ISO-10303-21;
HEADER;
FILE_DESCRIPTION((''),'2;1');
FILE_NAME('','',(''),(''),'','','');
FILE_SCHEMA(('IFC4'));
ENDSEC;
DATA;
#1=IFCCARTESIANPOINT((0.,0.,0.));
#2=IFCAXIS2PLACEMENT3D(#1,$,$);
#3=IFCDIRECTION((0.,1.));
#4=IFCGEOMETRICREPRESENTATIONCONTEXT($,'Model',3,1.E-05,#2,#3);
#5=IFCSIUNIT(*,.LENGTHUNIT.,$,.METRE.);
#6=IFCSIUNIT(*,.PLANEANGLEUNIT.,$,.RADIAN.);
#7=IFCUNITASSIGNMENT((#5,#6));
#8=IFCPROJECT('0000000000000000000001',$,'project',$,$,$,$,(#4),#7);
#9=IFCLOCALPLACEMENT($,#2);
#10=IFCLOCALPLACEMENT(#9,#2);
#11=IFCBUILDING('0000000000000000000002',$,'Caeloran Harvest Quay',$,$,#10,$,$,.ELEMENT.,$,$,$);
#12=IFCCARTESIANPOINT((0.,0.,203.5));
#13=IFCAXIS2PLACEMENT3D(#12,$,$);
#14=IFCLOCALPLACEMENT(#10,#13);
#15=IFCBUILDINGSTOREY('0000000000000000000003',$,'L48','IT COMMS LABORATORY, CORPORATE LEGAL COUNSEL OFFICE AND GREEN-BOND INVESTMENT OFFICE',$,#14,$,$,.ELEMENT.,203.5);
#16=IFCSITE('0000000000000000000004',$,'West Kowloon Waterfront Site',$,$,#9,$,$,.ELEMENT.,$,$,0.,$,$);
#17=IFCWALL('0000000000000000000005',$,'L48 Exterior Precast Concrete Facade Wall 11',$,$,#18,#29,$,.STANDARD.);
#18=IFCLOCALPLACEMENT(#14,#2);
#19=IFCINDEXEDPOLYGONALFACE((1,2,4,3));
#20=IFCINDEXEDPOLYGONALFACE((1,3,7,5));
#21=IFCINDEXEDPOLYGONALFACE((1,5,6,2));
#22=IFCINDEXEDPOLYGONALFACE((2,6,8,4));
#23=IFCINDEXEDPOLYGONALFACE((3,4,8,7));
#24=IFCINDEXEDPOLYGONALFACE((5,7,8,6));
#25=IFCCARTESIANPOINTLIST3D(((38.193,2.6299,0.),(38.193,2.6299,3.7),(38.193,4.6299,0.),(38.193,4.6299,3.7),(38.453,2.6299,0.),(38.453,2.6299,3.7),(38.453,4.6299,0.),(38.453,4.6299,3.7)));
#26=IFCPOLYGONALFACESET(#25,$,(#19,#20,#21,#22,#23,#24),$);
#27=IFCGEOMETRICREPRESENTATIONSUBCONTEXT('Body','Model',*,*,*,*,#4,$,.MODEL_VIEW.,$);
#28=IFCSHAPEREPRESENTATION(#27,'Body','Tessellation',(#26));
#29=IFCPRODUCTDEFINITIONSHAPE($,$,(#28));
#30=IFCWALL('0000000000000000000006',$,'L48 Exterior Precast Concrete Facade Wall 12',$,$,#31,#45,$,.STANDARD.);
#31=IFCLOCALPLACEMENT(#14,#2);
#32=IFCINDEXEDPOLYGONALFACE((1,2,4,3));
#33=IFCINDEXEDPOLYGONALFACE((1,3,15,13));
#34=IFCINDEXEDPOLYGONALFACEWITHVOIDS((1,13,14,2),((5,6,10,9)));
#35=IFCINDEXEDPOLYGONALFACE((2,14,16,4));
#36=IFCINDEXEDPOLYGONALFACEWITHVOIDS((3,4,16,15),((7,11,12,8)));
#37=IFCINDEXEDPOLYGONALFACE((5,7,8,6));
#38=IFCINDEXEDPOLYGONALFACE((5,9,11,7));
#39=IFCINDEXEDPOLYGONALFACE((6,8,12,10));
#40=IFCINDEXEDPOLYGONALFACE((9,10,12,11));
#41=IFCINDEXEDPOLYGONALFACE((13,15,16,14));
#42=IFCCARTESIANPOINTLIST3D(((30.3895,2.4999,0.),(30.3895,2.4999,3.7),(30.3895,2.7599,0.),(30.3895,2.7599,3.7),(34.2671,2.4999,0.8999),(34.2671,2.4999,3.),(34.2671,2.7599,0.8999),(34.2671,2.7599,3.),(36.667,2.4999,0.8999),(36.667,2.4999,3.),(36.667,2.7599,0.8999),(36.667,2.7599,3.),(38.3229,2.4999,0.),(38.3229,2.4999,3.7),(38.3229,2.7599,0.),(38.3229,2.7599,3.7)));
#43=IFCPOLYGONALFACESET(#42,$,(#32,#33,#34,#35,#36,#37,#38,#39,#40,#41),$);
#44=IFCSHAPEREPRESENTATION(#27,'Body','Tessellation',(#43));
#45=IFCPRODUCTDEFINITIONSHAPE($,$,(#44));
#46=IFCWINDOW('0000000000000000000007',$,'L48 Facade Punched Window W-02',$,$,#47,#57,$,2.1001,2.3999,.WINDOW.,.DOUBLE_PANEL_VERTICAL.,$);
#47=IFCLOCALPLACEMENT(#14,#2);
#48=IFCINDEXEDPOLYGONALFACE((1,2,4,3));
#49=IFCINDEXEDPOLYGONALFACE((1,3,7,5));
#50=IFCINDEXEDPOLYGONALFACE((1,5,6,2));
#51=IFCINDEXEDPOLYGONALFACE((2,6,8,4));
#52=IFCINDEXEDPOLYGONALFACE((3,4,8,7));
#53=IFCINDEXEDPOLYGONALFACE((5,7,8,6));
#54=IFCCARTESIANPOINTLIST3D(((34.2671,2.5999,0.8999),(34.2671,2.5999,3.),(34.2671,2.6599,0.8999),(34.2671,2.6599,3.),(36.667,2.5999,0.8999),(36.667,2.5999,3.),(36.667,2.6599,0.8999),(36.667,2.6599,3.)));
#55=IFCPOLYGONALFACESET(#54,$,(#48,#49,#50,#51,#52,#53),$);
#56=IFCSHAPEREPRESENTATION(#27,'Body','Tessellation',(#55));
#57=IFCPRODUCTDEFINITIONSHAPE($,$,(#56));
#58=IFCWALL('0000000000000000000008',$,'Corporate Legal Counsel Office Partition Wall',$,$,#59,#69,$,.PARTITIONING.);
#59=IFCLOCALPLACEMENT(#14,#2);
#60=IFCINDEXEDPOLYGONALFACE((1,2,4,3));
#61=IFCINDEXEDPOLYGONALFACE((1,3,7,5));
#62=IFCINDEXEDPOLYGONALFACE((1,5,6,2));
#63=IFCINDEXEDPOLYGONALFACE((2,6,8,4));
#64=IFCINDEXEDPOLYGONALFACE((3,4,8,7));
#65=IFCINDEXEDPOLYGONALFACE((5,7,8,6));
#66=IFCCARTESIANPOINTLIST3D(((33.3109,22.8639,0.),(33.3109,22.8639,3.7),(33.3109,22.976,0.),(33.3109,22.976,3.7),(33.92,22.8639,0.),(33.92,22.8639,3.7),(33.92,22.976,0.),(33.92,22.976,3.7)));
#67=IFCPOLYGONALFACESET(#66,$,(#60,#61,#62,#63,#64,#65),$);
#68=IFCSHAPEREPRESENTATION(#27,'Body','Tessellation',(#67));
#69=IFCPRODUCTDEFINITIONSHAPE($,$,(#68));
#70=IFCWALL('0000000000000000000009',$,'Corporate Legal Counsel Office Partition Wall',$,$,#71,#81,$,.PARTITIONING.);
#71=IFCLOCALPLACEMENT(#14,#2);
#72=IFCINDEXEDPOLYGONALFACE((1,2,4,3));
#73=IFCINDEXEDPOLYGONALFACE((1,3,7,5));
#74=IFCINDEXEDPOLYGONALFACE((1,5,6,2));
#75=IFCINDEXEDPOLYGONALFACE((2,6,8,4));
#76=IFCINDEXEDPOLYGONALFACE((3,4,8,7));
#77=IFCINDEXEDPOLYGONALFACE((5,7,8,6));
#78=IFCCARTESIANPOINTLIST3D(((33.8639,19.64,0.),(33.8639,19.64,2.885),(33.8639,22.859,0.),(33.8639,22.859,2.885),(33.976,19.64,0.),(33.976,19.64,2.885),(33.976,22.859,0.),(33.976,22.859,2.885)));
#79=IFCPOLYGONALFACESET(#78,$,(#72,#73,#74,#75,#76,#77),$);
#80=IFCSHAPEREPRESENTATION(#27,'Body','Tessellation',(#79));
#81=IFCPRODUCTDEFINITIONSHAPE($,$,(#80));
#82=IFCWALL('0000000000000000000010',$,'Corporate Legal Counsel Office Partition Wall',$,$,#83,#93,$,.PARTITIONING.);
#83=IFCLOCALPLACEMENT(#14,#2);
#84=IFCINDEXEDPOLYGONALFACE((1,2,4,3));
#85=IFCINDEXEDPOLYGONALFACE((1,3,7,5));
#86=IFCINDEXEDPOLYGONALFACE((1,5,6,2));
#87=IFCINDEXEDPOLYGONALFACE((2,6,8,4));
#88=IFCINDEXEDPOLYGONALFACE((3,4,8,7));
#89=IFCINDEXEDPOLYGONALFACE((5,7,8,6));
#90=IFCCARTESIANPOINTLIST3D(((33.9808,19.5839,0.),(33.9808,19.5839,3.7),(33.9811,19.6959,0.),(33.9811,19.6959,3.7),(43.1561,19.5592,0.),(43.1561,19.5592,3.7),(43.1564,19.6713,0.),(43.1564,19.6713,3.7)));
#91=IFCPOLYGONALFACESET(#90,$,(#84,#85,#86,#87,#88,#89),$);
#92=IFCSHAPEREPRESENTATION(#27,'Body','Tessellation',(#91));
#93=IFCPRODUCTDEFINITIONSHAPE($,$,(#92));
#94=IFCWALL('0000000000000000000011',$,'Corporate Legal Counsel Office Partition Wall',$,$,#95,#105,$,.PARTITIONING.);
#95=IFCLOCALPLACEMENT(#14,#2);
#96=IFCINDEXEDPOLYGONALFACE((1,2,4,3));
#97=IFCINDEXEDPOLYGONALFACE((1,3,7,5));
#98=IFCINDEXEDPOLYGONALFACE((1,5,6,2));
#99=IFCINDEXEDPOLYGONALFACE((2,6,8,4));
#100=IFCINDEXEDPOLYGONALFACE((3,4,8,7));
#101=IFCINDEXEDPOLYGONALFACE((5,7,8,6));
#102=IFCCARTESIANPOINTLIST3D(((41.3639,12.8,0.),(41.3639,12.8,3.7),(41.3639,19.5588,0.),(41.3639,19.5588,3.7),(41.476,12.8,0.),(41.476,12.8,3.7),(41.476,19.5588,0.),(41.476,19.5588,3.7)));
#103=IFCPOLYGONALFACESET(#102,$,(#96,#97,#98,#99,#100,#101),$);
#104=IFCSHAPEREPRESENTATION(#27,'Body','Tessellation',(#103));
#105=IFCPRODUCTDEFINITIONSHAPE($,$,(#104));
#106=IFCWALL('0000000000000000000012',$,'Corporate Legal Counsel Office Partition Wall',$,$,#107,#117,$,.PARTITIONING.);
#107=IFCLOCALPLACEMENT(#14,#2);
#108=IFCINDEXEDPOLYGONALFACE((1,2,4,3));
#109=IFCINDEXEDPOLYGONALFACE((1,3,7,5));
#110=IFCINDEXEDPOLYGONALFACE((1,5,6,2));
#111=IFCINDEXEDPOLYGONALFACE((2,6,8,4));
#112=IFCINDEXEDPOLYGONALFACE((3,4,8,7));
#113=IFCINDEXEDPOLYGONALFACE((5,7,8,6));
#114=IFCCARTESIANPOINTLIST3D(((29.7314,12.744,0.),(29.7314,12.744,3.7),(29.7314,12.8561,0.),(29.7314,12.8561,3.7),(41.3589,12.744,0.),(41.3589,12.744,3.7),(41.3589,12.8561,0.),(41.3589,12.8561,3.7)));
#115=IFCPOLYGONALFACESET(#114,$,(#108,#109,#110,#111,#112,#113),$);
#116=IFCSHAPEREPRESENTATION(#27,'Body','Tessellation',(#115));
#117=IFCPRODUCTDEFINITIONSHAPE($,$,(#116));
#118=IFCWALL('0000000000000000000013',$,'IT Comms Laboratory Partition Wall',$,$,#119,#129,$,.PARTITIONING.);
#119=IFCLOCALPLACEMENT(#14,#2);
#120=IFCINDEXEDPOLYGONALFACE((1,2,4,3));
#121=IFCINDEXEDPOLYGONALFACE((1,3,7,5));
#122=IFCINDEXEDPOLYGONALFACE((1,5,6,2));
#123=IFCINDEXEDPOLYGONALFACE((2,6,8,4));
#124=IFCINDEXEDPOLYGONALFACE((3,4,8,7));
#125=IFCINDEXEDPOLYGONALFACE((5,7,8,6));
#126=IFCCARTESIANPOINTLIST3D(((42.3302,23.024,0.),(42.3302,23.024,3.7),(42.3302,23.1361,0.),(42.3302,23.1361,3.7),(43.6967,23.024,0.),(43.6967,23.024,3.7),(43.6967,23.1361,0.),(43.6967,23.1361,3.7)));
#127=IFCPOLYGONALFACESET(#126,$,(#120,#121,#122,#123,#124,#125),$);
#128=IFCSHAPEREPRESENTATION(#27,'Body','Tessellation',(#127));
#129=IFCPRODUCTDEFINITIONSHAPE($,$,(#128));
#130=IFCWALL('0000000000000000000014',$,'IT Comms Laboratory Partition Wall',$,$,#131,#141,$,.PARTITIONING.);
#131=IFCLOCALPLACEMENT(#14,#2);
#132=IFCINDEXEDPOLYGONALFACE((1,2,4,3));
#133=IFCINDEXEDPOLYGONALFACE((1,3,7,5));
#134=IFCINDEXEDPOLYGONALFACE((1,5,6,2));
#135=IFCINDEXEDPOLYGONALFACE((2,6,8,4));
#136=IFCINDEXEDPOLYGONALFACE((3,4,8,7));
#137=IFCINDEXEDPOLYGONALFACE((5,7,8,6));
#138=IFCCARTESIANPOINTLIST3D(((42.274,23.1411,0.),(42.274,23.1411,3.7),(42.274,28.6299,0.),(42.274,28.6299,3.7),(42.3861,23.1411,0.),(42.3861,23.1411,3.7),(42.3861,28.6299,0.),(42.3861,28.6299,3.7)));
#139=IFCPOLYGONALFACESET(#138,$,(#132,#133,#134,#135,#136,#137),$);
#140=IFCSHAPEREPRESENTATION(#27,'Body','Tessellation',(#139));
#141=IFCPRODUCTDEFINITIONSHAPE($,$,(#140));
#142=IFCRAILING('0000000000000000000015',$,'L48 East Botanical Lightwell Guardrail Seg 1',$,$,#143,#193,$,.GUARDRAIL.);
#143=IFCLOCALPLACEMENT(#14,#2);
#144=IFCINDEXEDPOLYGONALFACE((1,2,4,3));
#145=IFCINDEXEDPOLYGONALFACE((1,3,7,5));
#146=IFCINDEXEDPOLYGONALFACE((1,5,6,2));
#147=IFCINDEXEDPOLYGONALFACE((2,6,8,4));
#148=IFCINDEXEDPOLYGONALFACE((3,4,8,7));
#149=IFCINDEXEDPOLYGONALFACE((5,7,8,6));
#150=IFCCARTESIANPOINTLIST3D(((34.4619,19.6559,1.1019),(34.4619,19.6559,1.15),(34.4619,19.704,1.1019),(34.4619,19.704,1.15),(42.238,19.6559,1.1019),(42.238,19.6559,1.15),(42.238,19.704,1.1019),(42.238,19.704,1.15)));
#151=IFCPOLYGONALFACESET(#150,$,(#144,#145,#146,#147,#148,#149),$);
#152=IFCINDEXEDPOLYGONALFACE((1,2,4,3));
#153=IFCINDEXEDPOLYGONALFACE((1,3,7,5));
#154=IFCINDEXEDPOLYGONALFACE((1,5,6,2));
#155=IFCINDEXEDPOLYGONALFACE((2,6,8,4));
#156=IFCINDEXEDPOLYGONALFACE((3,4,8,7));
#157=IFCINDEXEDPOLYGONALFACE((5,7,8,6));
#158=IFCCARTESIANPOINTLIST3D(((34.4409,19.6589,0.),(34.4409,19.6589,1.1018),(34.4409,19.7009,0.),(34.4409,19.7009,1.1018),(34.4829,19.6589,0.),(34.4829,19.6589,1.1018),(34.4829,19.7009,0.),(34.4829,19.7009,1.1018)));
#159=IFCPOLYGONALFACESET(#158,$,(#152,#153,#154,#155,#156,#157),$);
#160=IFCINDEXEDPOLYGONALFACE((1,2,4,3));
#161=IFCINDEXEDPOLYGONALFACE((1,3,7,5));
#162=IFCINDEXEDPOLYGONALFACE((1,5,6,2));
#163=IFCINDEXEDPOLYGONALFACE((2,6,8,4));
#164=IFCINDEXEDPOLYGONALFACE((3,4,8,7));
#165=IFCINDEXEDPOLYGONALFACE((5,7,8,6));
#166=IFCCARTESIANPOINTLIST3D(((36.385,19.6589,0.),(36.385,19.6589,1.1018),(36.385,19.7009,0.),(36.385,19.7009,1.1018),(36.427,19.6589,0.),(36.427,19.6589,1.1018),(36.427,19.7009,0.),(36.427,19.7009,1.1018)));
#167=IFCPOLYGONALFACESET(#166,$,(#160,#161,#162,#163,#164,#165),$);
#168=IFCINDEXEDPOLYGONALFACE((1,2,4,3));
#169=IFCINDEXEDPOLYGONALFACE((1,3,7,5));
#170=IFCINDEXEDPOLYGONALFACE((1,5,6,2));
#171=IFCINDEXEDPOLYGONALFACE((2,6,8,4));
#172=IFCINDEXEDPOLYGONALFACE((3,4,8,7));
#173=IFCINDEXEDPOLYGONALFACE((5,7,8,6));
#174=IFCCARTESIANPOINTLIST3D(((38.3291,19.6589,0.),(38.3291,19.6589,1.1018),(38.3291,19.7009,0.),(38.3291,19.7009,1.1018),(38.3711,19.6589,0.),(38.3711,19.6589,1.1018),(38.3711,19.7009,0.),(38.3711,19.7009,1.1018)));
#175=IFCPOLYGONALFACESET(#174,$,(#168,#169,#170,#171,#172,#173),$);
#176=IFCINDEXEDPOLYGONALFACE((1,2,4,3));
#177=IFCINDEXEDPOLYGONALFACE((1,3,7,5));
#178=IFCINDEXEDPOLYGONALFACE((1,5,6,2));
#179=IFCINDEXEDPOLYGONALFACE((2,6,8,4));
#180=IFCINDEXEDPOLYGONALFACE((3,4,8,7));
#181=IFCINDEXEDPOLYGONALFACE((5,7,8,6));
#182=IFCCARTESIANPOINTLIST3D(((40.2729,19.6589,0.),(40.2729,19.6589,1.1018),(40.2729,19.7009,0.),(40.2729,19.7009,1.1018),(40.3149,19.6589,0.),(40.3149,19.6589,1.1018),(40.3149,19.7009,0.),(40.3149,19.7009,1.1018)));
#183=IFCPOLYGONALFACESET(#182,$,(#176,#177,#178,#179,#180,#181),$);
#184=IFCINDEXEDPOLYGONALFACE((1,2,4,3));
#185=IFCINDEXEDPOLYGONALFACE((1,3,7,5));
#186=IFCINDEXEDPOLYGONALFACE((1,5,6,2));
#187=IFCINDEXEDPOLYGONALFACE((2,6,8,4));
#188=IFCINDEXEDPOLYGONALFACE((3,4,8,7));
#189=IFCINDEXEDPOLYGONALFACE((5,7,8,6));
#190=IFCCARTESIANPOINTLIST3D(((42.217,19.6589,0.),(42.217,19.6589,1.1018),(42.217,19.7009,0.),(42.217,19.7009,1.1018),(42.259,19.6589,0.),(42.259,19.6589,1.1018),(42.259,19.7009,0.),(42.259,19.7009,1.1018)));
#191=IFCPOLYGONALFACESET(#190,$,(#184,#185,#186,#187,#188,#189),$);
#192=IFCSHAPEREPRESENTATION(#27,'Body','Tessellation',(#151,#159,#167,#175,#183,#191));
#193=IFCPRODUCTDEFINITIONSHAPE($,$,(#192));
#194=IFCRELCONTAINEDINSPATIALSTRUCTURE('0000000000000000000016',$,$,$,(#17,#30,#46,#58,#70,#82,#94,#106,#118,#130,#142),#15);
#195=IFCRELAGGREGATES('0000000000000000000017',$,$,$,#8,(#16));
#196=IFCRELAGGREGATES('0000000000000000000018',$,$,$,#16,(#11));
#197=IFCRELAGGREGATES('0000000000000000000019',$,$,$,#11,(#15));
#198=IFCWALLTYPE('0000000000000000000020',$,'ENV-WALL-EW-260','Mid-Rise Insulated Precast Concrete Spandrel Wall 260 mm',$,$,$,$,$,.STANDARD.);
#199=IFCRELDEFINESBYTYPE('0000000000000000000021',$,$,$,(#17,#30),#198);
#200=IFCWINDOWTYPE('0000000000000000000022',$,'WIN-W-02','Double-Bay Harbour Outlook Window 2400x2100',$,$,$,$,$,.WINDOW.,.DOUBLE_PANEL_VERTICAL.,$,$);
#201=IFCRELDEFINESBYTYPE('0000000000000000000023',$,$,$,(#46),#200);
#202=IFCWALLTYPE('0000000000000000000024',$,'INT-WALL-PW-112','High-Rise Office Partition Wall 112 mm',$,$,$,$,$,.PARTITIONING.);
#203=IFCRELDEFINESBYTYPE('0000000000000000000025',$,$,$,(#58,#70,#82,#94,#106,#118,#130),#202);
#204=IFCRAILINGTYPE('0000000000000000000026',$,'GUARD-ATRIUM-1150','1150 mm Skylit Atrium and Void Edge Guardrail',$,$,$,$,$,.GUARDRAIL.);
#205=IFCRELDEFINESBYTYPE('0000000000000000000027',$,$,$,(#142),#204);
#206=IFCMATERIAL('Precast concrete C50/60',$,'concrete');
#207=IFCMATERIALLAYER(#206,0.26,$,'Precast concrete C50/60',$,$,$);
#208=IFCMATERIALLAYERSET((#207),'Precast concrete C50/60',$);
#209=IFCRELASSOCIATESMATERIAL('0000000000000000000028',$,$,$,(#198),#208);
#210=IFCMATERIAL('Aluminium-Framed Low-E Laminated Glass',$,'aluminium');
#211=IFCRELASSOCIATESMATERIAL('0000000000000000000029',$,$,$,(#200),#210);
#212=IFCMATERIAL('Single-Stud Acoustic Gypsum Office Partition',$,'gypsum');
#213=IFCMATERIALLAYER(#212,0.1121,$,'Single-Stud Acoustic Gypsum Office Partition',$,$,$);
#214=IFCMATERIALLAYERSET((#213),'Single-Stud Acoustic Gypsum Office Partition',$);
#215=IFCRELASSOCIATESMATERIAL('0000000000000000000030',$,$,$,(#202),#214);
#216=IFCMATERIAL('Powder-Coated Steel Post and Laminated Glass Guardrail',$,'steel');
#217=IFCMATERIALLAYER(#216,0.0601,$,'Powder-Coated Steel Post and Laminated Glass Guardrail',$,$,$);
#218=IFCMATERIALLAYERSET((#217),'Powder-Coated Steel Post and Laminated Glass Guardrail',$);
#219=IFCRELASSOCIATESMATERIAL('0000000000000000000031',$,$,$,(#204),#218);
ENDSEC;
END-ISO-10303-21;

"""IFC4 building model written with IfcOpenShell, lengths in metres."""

from ifc_helpers import new_model, si_unit, direction, frame, frame_2d, origin, origin_2d, place, context, subcontext, project, spatial, rectangle, extrude, material, layer, layer_set, type_object, element, fill, save


model = new_model("IFC4")

# Units and contexts
model_context = context("Model", 3, precision=1e-05, world=origin(), true_north=direction((0.0, 1.0)))
body_context = subcontext(model_context, "Body", "Model", "MODEL_VIEW")
ifc_project = project(units=[si_unit("LENGTHUNIT", "METRE"), si_unit("PLANEANGLEUNIT", "RADIAN")], contexts=[model_context])

# Site, building, storey
site_placement = place(None, origin())
site = spatial("IfcSite", under=ifc_project, at=site_placement, Name="West Kowloon Waterfront Site", CompositionType="ELEMENT", RefElevation=0.0)
building_placement = place(site_placement, origin())
building = spatial("IfcBuilding", under=site, at=building_placement, Name="Caeloran Harvest Quay", CompositionType="ELEMENT")
storey_placement = place(building_placement, frame((0.0, 0.0, 203.5)))
storey = spatial("IfcBuildingStorey", under=building, at=storey_placement, Name="L48", Description="IT COMMS LABORATORY, CORPORATE LEGAL COUNSEL OFFICE AND GREEN-BOND INVESTMENT OFFICE", CompositionType="ELEMENT", Elevation=203.5)

# Wall
ifc_material_1 = material(Name="Precast concrete C50/60", Category="concrete")
ifc_layer_1 = layer(ifc_material_1, 0.26, Name="Precast concrete C50/60")
ifc_layer_set_1 = layer_set([ifc_layer_1], Name="Precast concrete C50/60")
wall_type_1 = type_object("IfcWallType", Name="ENV-WALL-EW-260", Description="Mid-Rise Insulated Precast Concrete Spandrel Wall 260 mm", PredefinedType="STANDARD", material=ifc_layer_set_1)
wall_1_placement = place(storey_placement, frame((38.323, 4.6299, 0.0), z_axis=(0.0, 0.0, 1.0), x_axis=(0.0, -1.0, 0.0)))
element("IfcWall", 1, at=wall_1_placement, inside=storey, type_object=wall_type_1, Name="L48 Exterior Precast Concrete Facade Wall 11", PredefinedType="STANDARD", context=body_context, shape_type="SweptSolid", body=[
    extrude(rectangle(XDim=2.0, YDim=0.26, at=frame_2d((1.0, 0.0))), origin(), (0.0, 0.0, 1.0), 3.7),
])

# Wall, opening, window
wall_2_placement = place(storey_placement, frame((38.323, 2.6299, 0.0), z_axis=(0.0, 0.0, 1.0), x_axis=(-1.0, 0.0, 0.0)))
wall_2 = element("IfcWall", 2, at=wall_2_placement, inside=storey, type_object=wall_type_1, Name="L48 Exterior Precast Concrete Facade Wall 12", PredefinedType="STANDARD", context=body_context, shape_type="SweptSolid", body=[
    extrude(rectangle(XDim=7.9333, YDim=0.26, at=frame_2d((3.9668, 0.0))), origin(), (0.0, 0.0, 1.0), 3.7),
])
opening_placement = place(wall_2_placement, frame((1.656, 0.0, 0.8999)))
opening = element("IfcOpeningElement", 3, at=opening_placement, cuts=wall_2, PredefinedType="OPENING", context=body_context, shape_type="SweptSolid", body=[
    extrude(rectangle(XDim=2.3999, YDim=2.1001, at=frame_2d((1.2, 1.05))), frame((0.0, 0.1401, 0.0), z_axis=(0.0, -1.0, 0.0), x_axis=(1.0, 0.0, 0.0)), (0.0, 0.0, 1.0), 0.28),
])
ifc_material_2 = material(Name="Aluminium-Framed Low-E Laminated Glass", Category="aluminium")
window_type = type_object("IfcWindowType", Name="WIN-W-02", Description="Double-Bay Harbour Outlook Window 2400x2100", PartitioningType="DOUBLE_PANEL_VERTICAL", PredefinedType="WINDOW", material=ifc_material_2)
window_placement = place(opening_placement, origin())
window = element("IfcWindow", 4, at=window_placement, inside=storey, type_object=window_type, Name="L48 Facade Punched Window W-02", OverallHeight=2.1001, OverallWidth=2.3999, PartitioningType="DOUBLE_PANEL_VERTICAL", PredefinedType="WINDOW", context=body_context, shape_type="SweptSolid", body=[
    extrude(rectangle(XDim=2.3999, YDim=2.1001, at=frame_2d((1.2, 1.05))), frame((0.0, 0.03, 0.0), z_axis=(0.0, -1.0, 0.0), x_axis=(1.0, 0.0, 0.0)), (0.0, 0.0, 1.0), 0.0601),
])
fill(opening, window)

# Walls
ifc_material_3 = material(Name="Single-Stud Acoustic Gypsum Office Partition", Category="gypsum")
ifc_layer_2 = layer(ifc_material_3, 0.1121, Name="Single-Stud Acoustic Gypsum Office Partition")
ifc_layer_set_2 = layer_set([ifc_layer_2], Name="Single-Stud Acoustic Gypsum Office Partition")
wall_type_2 = type_object("IfcWallType", Name="INT-WALL-PW-112", Description="High-Rise Office Partition Wall 112 mm", PredefinedType="PARTITIONING", material=ifc_layer_set_2)
wall_3_placement = place(storey_placement, frame((33.3108, 22.9199, 0.0), z_axis=(0.0, 0.0, 1.0), x_axis=(1.0, 0.0, 0.0)))
element("IfcWall", 5, at=wall_3_placement, inside=storey, type_object=wall_type_2, Name="Corporate Legal Counsel Office Partition Wall", PredefinedType="PARTITIONING", context=body_context, shape_type="SweptSolid", body=[
    extrude(rectangle(XDim=0.6091, YDim=0.1121, at=frame_2d((0.3047, 0.0))), origin(), (0.0, 0.0, 1.0), 3.7),
])
wall_4_placement = place(storey_placement, frame((33.9199, 22.8589, 0.0), z_axis=(0.0, 0.0, 1.0), x_axis=(0.0, -1.0, 0.0)))
element("IfcWall", 6, at=wall_4_placement, inside=storey, type_object=wall_type_2, Name="Corporate Legal Counsel Office Partition Wall", PredefinedType="PARTITIONING", context=body_context, shape_type="SweptSolid", body=[
    extrude(rectangle(XDim=3.219, YDim=0.1121, at=frame_2d((1.6094, 0.0))), origin(), (0.0, 0.0, 1.0), 2.885),
])
wall_5_placement = place(storey_placement, frame((33.981, 19.6399, 0.0), z_axis=(0.0, 0.0, 1.0), x_axis=(0.999996, -0.002687, 0.0)))
element("IfcWall", 7, at=wall_5_placement, inside=storey, type_object=wall_type_2, Name="Corporate Legal Counsel Office Partition Wall", PredefinedType="PARTITIONING", context=body_context, shape_type="SweptSolid", body=[
    extrude(rectangle(XDim=9.1753, YDim=0.1121, at=frame_2d((4.5876, 0.0))), origin(), (0.0, 0.0, 1.0), 3.7),
])
wall_6_placement = place(storey_placement, frame((41.4199, 19.5588, 0.0), z_axis=(0.0, 0.0, 1.0), x_axis=(0.0, -1.0, 0.0)))
element("IfcWall", 8, at=wall_6_placement, inside=storey, type_object=wall_type_2, Name="Corporate Legal Counsel Office Partition Wall", PredefinedType="PARTITIONING", context=body_context, shape_type="SweptSolid", body=[
    extrude(rectangle(XDim=6.7588, YDim=0.1121, at=frame_2d((3.3794, 0.0))), origin(), (0.0, 0.0, 1.0), 3.7),
])
wall_7_placement = place(storey_placement, frame((41.3589, 12.8, 0.0), z_axis=(0.0, 0.0, 1.0), x_axis=(-1.0, 0.0, 0.0)))
element("IfcWall", 9, at=wall_7_placement, inside=storey, type_object=wall_type_2, Name="Corporate Legal Counsel Office Partition Wall", PredefinedType="PARTITIONING", context=body_context, shape_type="SweptSolid", body=[
    extrude(rectangle(XDim=11.6274, YDim=0.1121, at=frame_2d((5.8137, 0.0))), origin(), (0.0, 0.0, 1.0), 3.7),
])
wall_8_placement = place(storey_placement, frame((43.6965, 23.0801, 0.0), z_axis=(0.0, 0.0, 1.0), x_axis=(-1.0, 0.0, 0.0)))
element("IfcWall", 10, at=wall_8_placement, inside=storey, type_object=wall_type_2, Name="IT Comms Laboratory Partition Wall", PredefinedType="PARTITIONING", context=body_context, shape_type="SweptSolid", body=[
    extrude(rectangle(XDim=1.3665, YDim=0.1121, at=frame_2d((0.6831, 0.0))), origin(), (0.0, 0.0, 1.0), 3.7),
])
wall_9_placement = place(storey_placement, frame((42.3301, 23.1411, 0.0), z_axis=(0.0, 0.0, 1.0), x_axis=(0.0, 1.0, 0.0)))
element("IfcWall", 11, at=wall_9_placement, inside=storey, type_object=wall_type_2, Name="IT Comms Laboratory Partition Wall", PredefinedType="PARTITIONING", context=body_context, shape_type="SweptSolid", body=[
    extrude(rectangle(XDim=5.4888, YDim=0.1121, at=frame_2d((2.7444, 0.0))), origin(), (0.0, 0.0, 1.0), 3.7),
])

# Railing
ifc_material_4 = material(Name="Powder-Coated Steel Post and Laminated Glass Guardrail", Category="steel")
ifc_layer_3 = layer(ifc_material_4, 0.0601, Name="Powder-Coated Steel Post and Laminated Glass Guardrail")
ifc_layer_set_3 = layer_set([ifc_layer_3], Name="Powder-Coated Steel Post and Laminated Glass Guardrail")
railing_type = type_object("IfcRailingType", Name="GUARD-ATRIUM-1150", Description="1150 mm Skylit Atrium and Void Edge Guardrail", PredefinedType="GUARDRAIL", material=ifc_layer_set_3)
railing_1_placement = place(storey_placement, frame((34.4619, 19.6799, 0.0)))
element("IfcRailing", 12, at=railing_1_placement, inside=storey, type_object=railing_type, Name="L48 East Botanical Lightwell Guardrail Seg 1", PredefinedType="GUARDRAIL", context=body_context, shape_type="SweptSolid", body=[
    extrude(rectangle(XDim=0.0481, YDim=0.0481, at=origin_2d()), frame((0.0, 0.0, 1.126), z_axis=(1.0, 0.0, 0.0), x_axis=(0.0, 1.0, 0.0)), (0.0, 0.0, 1.0), 7.7761),
    extrude(rectangle(XDim=0.042, YDim=0.042, at=origin_2d()), origin(), (0.0, 0.0, 1.0), 1.1018),
    extrude(rectangle(XDim=0.042, YDim=0.042, at=origin_2d()), frame((1.9441, 0.0, 0.0)), (0.0, 0.0, 1.0), 1.1018),
    extrude(rectangle(XDim=0.042, YDim=0.042, at=origin_2d()), frame((3.8882, 0.0, 0.0)), (0.0, 0.0, 1.0), 1.1018),
    extrude(rectangle(XDim=0.042, YDim=0.042, at=origin_2d()), frame((5.832, 0.0, 0.0)), (0.0, 0.0, 1.0), 1.1018),
    extrude(rectangle(XDim=0.042, YDim=0.042, at=origin_2d()), frame((7.7761, 0.0, 0.0)), (0.0, 0.0, 1.0), 1.1018),
])

save(model, "model.ifc")
